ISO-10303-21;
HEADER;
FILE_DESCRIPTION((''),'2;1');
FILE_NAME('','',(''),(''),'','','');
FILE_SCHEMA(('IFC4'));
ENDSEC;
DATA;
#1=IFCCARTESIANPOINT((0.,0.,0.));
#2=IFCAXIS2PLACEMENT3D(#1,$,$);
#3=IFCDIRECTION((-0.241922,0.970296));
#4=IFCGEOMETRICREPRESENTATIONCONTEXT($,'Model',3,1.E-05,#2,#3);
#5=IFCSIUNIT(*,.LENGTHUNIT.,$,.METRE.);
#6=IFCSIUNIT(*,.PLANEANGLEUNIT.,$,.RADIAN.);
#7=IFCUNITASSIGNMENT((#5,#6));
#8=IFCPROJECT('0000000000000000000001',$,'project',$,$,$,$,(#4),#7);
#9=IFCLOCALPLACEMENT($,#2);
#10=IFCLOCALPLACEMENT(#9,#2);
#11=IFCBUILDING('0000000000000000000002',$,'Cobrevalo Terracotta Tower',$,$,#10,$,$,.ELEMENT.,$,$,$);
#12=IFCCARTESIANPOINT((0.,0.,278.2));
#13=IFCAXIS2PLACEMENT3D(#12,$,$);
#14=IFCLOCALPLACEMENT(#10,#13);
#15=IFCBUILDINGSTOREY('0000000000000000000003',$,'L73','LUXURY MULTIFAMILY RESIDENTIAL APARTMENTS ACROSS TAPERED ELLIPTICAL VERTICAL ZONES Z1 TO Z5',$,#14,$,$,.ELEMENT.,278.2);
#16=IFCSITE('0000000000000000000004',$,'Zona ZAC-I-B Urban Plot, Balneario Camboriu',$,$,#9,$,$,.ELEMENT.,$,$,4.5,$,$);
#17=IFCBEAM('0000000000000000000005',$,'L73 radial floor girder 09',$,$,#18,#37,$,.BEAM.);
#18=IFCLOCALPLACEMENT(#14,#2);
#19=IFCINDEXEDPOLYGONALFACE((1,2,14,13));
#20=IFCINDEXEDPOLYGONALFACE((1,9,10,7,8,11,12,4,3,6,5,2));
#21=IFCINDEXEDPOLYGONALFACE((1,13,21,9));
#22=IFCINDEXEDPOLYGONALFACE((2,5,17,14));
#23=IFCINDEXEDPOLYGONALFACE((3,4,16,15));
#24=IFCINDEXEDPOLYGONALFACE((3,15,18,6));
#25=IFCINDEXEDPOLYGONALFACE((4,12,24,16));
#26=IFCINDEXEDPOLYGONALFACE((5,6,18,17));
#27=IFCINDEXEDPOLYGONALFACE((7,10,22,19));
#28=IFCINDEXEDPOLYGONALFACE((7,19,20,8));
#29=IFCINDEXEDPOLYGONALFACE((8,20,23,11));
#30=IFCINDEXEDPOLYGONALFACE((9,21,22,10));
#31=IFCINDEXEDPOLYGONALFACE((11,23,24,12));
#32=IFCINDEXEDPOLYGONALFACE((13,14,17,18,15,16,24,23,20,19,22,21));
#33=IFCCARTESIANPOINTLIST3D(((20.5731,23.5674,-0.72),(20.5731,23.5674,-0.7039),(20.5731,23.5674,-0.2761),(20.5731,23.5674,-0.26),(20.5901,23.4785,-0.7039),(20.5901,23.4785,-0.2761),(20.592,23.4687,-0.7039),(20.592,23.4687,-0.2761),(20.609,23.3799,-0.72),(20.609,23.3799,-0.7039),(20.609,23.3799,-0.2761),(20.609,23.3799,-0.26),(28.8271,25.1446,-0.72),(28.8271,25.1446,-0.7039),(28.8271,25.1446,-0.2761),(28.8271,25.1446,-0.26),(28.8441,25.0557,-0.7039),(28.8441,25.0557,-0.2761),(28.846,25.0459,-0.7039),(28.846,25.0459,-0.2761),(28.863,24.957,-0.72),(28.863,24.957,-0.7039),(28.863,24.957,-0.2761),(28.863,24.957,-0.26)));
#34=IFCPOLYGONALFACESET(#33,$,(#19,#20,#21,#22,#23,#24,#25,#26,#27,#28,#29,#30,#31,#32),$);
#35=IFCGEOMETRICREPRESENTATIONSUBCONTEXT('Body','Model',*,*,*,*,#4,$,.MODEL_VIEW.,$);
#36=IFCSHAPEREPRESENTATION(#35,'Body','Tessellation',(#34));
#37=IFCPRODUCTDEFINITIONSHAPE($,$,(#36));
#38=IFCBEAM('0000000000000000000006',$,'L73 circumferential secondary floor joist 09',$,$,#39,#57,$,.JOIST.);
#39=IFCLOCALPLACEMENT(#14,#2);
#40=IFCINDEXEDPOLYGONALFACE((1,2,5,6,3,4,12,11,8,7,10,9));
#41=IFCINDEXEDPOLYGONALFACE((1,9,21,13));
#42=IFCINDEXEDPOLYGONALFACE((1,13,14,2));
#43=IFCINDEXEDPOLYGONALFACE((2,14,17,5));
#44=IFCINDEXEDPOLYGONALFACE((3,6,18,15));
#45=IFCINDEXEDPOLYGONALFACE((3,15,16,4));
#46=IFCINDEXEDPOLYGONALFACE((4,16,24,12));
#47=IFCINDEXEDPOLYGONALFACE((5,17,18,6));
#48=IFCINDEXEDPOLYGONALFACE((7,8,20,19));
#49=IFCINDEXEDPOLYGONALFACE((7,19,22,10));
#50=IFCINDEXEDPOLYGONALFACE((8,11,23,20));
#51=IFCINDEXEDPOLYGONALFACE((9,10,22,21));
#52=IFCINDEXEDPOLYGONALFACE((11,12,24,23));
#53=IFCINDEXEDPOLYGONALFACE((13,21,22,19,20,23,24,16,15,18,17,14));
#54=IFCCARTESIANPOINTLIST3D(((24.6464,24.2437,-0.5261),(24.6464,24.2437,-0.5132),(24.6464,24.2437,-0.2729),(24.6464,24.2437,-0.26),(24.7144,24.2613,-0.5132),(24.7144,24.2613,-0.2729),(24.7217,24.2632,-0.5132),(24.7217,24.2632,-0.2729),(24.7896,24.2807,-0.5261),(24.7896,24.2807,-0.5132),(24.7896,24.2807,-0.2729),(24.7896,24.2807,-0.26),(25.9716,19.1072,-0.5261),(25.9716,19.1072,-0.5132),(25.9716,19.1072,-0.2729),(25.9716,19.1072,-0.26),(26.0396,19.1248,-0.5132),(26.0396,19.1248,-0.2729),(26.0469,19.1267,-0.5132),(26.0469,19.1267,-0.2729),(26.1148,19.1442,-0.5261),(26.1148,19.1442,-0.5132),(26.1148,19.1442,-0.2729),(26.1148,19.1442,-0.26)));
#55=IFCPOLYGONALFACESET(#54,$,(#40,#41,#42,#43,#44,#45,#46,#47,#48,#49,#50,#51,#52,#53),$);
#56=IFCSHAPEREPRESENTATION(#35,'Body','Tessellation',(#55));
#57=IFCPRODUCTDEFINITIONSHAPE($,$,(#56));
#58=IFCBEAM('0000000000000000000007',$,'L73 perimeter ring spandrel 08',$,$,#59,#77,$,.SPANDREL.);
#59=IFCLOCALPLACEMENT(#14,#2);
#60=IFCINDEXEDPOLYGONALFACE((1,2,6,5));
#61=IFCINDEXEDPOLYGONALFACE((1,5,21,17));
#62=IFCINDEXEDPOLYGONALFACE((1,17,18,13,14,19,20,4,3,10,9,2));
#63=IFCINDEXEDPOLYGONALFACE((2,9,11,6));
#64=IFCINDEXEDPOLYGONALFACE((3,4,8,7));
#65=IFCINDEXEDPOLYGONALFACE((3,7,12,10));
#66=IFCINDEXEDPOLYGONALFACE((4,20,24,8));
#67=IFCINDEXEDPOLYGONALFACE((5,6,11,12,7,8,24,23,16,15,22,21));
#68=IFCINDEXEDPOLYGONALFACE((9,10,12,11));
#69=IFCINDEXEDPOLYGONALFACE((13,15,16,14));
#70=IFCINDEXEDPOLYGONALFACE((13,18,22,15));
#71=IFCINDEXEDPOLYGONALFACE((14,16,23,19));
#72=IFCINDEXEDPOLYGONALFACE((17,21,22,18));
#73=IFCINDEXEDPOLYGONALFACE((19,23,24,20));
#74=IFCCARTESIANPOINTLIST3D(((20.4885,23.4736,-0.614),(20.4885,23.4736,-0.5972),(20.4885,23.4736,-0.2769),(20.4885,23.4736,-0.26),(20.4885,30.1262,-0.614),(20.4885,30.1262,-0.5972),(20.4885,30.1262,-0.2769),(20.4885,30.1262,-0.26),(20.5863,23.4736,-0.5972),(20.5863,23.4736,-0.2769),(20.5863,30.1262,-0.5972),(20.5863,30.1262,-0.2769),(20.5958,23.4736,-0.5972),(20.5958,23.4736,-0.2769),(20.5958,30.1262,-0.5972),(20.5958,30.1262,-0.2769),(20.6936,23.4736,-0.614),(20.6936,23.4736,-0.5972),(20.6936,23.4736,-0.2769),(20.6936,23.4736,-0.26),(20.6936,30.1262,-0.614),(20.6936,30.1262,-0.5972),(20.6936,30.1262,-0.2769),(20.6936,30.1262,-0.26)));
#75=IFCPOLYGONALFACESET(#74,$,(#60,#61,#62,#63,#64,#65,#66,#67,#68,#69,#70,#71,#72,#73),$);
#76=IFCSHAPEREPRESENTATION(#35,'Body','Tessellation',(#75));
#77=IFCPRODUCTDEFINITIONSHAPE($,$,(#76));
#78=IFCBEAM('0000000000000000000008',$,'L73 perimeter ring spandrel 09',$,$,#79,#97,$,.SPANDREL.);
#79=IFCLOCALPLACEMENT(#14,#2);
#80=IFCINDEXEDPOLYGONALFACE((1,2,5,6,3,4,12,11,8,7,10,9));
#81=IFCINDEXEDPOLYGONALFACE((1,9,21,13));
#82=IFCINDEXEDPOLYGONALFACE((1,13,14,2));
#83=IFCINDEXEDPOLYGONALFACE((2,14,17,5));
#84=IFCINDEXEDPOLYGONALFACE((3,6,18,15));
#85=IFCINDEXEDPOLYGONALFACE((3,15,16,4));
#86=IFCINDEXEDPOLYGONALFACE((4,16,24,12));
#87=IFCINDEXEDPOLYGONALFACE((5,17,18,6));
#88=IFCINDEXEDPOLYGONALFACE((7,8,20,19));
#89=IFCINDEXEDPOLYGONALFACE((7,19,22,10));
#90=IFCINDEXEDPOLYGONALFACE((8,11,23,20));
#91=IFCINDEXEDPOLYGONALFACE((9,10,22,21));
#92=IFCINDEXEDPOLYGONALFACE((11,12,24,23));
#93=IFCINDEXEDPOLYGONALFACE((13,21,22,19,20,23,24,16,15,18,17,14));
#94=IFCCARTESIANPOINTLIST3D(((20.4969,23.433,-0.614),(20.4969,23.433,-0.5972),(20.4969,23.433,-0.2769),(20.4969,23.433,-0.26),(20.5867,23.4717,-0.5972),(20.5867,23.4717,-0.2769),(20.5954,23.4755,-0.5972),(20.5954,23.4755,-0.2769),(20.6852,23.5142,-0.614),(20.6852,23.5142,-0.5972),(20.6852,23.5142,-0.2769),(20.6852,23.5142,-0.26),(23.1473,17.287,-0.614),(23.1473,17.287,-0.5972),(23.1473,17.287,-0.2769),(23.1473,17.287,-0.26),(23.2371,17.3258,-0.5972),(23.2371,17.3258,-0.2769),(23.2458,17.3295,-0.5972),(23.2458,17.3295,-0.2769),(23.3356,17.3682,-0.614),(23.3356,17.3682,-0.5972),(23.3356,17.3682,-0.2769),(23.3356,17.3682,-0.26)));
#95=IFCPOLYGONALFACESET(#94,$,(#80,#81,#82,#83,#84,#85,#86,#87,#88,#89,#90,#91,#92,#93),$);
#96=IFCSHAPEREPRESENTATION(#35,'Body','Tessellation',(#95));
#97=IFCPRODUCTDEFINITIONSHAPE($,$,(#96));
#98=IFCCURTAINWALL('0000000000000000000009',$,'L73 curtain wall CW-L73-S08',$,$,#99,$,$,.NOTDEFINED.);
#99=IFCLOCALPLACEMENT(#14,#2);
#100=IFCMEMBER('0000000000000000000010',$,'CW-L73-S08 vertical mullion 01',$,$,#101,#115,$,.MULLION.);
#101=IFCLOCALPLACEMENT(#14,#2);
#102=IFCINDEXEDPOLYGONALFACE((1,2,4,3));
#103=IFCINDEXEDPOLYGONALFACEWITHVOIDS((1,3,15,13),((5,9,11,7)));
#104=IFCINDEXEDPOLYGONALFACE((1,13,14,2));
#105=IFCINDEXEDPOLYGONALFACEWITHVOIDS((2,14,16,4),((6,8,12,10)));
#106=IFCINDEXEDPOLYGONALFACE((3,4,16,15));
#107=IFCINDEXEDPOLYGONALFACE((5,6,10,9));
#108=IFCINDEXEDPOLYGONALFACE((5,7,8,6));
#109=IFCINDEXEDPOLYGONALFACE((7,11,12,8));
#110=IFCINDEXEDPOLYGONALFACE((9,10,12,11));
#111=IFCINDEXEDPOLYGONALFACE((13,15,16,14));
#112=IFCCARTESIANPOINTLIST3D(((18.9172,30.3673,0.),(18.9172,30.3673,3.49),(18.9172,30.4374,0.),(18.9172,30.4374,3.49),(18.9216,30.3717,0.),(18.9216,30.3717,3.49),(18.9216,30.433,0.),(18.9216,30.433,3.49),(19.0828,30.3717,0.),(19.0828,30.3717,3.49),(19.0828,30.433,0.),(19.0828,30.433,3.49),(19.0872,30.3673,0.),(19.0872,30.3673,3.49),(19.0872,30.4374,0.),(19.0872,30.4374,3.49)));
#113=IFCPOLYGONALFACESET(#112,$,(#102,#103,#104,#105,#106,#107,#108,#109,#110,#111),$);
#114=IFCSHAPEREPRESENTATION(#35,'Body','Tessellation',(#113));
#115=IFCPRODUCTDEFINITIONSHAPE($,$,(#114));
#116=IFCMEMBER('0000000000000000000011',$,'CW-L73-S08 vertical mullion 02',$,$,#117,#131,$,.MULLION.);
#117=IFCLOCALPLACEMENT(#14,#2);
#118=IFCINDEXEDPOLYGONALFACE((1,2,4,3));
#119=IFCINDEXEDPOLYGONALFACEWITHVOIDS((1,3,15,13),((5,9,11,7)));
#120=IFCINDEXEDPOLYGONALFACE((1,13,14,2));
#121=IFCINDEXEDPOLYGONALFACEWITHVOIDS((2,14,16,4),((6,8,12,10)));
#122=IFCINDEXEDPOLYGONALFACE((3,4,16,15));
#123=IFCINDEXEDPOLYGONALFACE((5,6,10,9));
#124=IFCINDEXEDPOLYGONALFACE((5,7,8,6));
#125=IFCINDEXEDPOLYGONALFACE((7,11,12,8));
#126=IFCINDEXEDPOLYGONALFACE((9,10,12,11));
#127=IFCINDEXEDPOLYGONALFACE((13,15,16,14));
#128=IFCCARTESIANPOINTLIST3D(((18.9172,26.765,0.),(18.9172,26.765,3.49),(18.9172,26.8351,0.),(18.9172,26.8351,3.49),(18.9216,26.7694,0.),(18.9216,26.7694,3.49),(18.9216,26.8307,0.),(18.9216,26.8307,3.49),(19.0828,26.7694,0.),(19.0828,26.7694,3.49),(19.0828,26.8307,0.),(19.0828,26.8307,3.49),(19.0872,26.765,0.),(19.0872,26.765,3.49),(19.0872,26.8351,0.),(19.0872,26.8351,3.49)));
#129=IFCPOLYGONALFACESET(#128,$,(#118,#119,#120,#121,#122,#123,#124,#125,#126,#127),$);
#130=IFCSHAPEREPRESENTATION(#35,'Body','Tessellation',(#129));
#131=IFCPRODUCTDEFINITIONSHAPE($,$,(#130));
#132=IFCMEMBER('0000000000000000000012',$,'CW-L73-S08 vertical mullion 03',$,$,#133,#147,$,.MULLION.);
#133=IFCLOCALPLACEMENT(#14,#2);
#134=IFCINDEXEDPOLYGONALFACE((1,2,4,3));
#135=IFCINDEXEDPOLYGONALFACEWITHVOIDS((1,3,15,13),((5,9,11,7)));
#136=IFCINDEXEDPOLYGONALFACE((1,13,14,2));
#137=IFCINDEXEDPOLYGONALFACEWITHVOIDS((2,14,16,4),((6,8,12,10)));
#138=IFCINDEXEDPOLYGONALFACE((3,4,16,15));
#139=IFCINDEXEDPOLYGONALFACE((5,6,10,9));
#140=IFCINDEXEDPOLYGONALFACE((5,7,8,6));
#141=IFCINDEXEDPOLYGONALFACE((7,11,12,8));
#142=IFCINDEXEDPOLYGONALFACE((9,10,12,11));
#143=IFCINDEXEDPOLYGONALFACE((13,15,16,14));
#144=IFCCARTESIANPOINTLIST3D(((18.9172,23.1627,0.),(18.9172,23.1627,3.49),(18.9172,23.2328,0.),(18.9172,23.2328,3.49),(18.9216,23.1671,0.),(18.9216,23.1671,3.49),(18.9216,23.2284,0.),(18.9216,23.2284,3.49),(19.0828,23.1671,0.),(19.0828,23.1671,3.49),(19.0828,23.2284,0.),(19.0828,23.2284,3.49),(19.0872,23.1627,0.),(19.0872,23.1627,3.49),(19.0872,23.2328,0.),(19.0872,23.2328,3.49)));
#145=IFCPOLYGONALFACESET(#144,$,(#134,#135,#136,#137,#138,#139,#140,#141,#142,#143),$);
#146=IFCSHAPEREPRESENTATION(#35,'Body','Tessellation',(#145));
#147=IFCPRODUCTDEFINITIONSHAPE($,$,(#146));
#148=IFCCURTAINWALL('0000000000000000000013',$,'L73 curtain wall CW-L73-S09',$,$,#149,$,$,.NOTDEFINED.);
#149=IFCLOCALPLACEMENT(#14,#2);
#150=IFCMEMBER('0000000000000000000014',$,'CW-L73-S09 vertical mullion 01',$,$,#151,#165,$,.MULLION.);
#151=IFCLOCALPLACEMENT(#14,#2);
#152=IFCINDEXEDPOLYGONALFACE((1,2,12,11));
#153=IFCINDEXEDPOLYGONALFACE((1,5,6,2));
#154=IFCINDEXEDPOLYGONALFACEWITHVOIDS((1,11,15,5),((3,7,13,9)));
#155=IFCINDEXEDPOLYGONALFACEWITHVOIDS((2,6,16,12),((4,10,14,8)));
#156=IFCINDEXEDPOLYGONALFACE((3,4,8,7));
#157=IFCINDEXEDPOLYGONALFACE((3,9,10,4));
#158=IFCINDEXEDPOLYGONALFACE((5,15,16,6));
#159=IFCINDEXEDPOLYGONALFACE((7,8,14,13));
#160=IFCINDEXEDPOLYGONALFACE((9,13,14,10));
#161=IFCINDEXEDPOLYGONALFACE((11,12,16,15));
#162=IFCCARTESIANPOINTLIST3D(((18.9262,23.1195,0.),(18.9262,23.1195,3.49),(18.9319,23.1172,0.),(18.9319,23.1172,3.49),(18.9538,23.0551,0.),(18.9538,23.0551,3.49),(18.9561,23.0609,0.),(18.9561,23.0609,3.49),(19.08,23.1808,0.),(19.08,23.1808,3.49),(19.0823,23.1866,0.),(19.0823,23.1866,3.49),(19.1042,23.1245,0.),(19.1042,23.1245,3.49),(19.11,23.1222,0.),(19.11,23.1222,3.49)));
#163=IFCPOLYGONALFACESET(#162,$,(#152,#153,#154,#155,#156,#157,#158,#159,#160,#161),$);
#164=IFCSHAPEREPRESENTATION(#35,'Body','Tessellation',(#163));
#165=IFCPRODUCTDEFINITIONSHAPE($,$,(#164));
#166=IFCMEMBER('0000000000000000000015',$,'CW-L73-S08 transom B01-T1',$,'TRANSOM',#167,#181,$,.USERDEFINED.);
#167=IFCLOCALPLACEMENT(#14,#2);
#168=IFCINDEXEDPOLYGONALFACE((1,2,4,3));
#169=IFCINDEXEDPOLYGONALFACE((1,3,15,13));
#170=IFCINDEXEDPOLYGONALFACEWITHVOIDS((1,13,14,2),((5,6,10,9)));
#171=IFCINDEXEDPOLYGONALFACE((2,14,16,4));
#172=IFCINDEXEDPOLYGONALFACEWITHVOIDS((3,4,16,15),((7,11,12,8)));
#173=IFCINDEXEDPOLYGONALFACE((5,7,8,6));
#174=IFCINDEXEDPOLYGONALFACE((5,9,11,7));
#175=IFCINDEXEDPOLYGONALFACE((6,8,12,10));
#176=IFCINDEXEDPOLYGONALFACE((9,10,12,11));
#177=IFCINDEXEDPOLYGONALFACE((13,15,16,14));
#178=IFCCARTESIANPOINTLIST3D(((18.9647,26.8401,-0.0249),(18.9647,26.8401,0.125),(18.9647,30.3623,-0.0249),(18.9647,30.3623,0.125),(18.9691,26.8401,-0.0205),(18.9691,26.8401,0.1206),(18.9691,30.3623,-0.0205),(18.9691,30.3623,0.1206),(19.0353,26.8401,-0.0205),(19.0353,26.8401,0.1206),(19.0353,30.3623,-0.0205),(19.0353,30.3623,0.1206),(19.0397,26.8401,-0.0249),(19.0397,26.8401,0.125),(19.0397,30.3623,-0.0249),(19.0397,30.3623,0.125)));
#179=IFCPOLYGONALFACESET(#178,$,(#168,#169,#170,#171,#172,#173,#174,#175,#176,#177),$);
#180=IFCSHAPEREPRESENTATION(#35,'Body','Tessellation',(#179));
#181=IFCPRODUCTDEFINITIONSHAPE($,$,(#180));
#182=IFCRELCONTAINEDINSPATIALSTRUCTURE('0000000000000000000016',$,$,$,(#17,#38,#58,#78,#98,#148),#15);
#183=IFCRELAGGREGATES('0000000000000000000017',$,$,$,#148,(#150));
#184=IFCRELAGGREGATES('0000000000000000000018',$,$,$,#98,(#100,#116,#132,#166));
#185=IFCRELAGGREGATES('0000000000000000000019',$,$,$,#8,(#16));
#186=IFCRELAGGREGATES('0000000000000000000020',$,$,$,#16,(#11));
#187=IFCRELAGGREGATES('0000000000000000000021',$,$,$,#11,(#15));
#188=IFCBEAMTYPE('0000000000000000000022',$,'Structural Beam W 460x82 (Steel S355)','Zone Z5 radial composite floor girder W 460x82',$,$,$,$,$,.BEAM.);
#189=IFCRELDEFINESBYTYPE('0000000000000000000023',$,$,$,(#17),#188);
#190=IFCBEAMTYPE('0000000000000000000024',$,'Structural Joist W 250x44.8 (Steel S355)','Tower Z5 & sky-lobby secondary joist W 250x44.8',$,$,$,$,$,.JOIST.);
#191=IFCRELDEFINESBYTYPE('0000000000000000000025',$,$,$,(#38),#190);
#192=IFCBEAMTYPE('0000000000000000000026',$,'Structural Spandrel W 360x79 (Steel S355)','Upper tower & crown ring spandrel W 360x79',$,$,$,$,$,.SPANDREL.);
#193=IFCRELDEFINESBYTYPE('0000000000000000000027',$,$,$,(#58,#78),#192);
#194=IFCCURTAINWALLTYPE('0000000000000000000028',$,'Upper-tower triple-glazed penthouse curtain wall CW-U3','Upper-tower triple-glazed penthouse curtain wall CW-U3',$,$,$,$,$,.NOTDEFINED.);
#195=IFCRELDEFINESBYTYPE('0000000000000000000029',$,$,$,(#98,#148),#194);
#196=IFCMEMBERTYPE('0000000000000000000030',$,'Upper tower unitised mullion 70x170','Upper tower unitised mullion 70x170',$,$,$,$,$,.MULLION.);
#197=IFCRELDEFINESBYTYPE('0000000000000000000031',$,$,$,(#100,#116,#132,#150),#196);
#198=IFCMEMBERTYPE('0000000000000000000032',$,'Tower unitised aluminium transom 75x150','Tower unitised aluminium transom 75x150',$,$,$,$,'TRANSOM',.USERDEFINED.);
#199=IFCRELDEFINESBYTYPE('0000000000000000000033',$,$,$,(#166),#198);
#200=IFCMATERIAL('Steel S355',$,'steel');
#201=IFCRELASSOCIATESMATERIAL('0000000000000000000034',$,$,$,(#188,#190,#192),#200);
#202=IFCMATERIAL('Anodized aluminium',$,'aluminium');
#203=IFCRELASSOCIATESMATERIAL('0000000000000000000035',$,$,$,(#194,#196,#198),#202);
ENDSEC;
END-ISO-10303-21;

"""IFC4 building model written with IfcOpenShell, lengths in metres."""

from ifc_helpers import new_model, si_unit, direction, frame, origin, origin_2d, place, context, subcontext, project, spatial, hollow_rectangle, i_section, extrude, source, transform, mapped, material, material_profile, profile_set, type_object, element, aggregate, save


model = new_model("IFC4")

# Units and contexts
model_context = context("Model", 3, precision=1e-05, world=origin(), true_north=direction((-0.241922, 0.970296)))
body_context = subcontext(model_context, "Body", "Model", "MODEL_VIEW")
ifc_project = project(units=[si_unit("LENGTHUNIT", "METRE"), si_unit("PLANEANGLEUNIT", "RADIAN")], contexts=[model_context])

# Site, building, storey
site_placement = place(None, origin())
site = spatial("IfcSite", under=ifc_project, at=site_placement, Name="Zona ZAC-I-B Urban Plot, Balneario Camboriu", CompositionType="ELEMENT", RefElevation=4.5)
building_placement = place(site_placement, origin())
building = spatial("IfcBuilding", under=site, at=building_placement, Name="Cobrevalo Terracotta Tower", CompositionType="ELEMENT")
storey_placement = place(building_placement, frame((0.0, 0.0, 278.2)))
storey = spatial("IfcBuildingStorey", under=building, at=storey_placement, Name="L73", Description="LUXURY MULTIFAMILY RESIDENTIAL APARTMENTS ACROSS TAPERED ELLIPTICAL VERTICAL ZONES Z1 TO Z5", CompositionType="ELEMENT", Elevation=278.2)

# Shared definitions
ifc_material_1 = material(Name="Steel S355", Category="steel")

# Beams
ifc_material_profile_1 = material_profile(ifc_material_1, i_section(OverallWidth=0.1909, OverallDepth=0.46, WebThickness=0.01, FlangeThickness=0.0161, at=origin_2d()), Name="W 460x82")
ifc_profile_set_1 = profile_set([ifc_material_profile_1], Name="Steel S355")
beam_type_1 = type_object("IfcBeamType", Name="Structural Beam W 460x82 (Steel S355)", Description="Zone Z5 radial composite floor girder W 460x82", PredefinedType="BEAM", material=ifc_profile_set_1)
beam_1_placement = place(storey_placement, frame((20.5911, 23.4736, -0.49), z_axis=(0.98223, 0.187683, 0.0), x_axis=(-0.187683, 0.98223, 0.0)))
element("IfcBeam", 1, at=beam_1_placement, inside=storey, type_object=beam_type_1, Name="L73 radial floor girder 09", PredefinedType="BEAM", context=body_context, shape_type="SweptSolid", body=[
    extrude(i_section(OverallWidth=0.1909, OverallDepth=0.46, WebThickness=0.01, FlangeThickness=0.0161, at=origin_2d()), origin(), (0.0, 0.0, 1.0), 8.4033),
])
ifc_material_profile_2 = material_profile(ifc_material_1, i_section(OverallWidth=0.1479, OverallDepth=0.2661, WebThickness=0.0076, FlangeThickness=0.0129, at=origin_2d()), Name="W 250x44.8")
ifc_profile_set_2 = profile_set([ifc_material_profile_2], Name="Steel S355")
beam_type_2 = type_object("IfcBeamType", Name="Structural Joist W 250x44.8 (Steel S355)", Description="Tower Z5 & sky-lobby secondary joist W 250x44.8", PredefinedType="JOIST", material=ifc_profile_set_2)
beam_2_placement = place(storey_placement, frame((24.718, 24.2622, -0.3931), z_axis=(0.249817, -0.968293, 0.0), x_axis=(0.968293, 0.249817, 0.0)))
element("IfcBeam", 2, at=beam_2_placement, inside=storey, type_object=beam_type_2, Name="L73 circumferential secondary floor joist 09", PredefinedType="JOIST", context=body_context, shape_type="SweptSolid", body=[
    extrude(i_section(OverallWidth=0.1479, OverallDepth=0.2661, WebThickness=0.0076, FlangeThickness=0.0129, at=origin_2d()), origin(), (0.0, 0.0, 1.0), 5.3047),
])
ifc_material_profile_3 = material_profile(ifc_material_1, i_section(OverallWidth=0.2051, OverallDepth=0.354, WebThickness=0.0095, FlangeThickness=0.0168, at=origin_2d()), Name="W 360x79")
ifc_profile_set_3 = profile_set([ifc_material_profile_3], Name="Steel S355")
beam_type_3 = type_object("IfcBeamType", Name="Structural Spandrel W 360x79 (Steel S355)", Description="Upper tower & crown ring spandrel W 360x79", PredefinedType="SPANDREL", material=ifc_profile_set_3)
beam_3_placement = place(storey_placement, frame((20.5911, 30.1262, -0.437), z_axis=(0.0, -1.0, 0.0), x_axis=(1.0, 0.0, 0.0)))
element("IfcBeam", 3, at=beam_3_placement, inside=storey, type_object=beam_type_3, Name="L73 perimeter ring spandrel 08", PredefinedType="SPANDREL", context=body_context, shape_type="SweptSolid", body=[
    extrude(i_section(OverallWidth=0.2051, OverallDepth=0.354, WebThickness=0.0095, FlangeThickness=0.0168, at=origin_2d()), origin(), (0.0, 0.0, 1.0), 6.6526),
])
beam_4_placement = place(storey_placement, frame((20.5911, 23.4736, -0.437), z_axis=(0.395987, -0.918256, 0.0), x_axis=(0.918256, 0.395987, 0.0)))
element("IfcBeam", 4, at=beam_4_placement, inside=storey, type_object=beam_type_3, Name="L73 perimeter ring spandrel 09", PredefinedType="SPANDREL", context=body_context, shape_type="SweptSolid", body=[
    extrude(i_section(OverallWidth=0.2051, OverallDepth=0.354, WebThickness=0.0095, FlangeThickness=0.0168, at=origin_2d()), origin(), (0.0, 0.0, 1.0), 6.6931),
])

# Curtain wall, members
ifc_material_2 = material(Name="Anodized aluminium", Category="aluminium")
curtain_wall_type = type_object("IfcCurtainWallType", Name="Upper-tower triple-glazed penthouse curtain wall CW-U3", Description="Upper-tower triple-glazed penthouse curtain wall CW-U3", PredefinedType="NOTDEFINED", material=ifc_material_2)
curtain_wall_1_placement = place(storey_placement, origin())
curtain_wall_1 = element("IfcCurtainWall", 5, at=curtain_wall_1_placement, inside=storey, type_object=curtain_wall_type, Name="L73 curtain wall CW-L73-S08", PredefinedType="NOTDEFINED")
ifc_material_profile_4 = material_profile(ifc_material_2, hollow_rectangle(XDim=0.0701, YDim=0.1699, WallThickness=0.0044, at=origin_2d()), Name="CWM 70x170")
ifc_profile_set_4 = profile_set([ifc_material_profile_4], Name="Anodized aluminium")
member_type_1 = type_object("IfcMemberType", Name="Upper tower unitised mullion 70x170", Description="Upper tower unitised mullion 70x170", PredefinedType="MULLION", material=ifc_profile_set_4)
shared_shape_1 = source(origin(), body_context, "Body", "SweptSolid", [
    extrude(hollow_rectangle(XDim=0.0701, YDim=0.1699, WallThickness=0.0044, at=origin_2d()), origin(), (0.0, 0.0, 1.0), 3.49),
])
member_1_placement = place(storey_placement, frame((19.0022, 30.4023, 0.0), z_axis=(0.0, 0.0, 1.0), x_axis=(0.0, -1.0, 0.0)))
member_1 = element("IfcMember", 6, at=member_1_placement, type_object=member_type_1, Name="CW-L73-S08 vertical mullion 01", PredefinedType="MULLION", context=body_context, shape_type="MappedRepresentation", body=[
    mapped(shared_shape_1, transform((0.0, 0.0, 0.0), scale=1.0)),
])
member_2_placement = place(storey_placement, frame((19.0022, 26.8, 0.0), z_axis=(0.0, 0.0, 1.0), x_axis=(0.0, -1.0, 0.0)))
member_2 = element("IfcMember", 7, at=member_2_placement, type_object=member_type_1, Name="CW-L73-S08 vertical mullion 02", PredefinedType="MULLION", context=body_context, shape_type="MappedRepresentation", body=[
    mapped(shared_shape_1, transform((0.0, 0.0, 0.0), scale=1.0)),
])
member_3_placement = place(storey_placement, frame((19.0022, 23.1978, 0.0), z_axis=(0.0, 0.0, 1.0), x_axis=(0.0, -1.0, 0.0)))
member_3 = element("IfcMember", 8, at=member_3_placement, type_object=member_type_1, Name="CW-L73-S08 vertical mullion 03", PredefinedType="MULLION", context=body_context, shape_type="MappedRepresentation", body=[
    mapped(shared_shape_1, transform((0.0, 0.0, 0.0), scale=1.0)),
])

# Curtain wall, member
curtain_wall_2_placement = place(storey_placement, origin())
curtain_wall_2 = element("IfcCurtainWall", 9, at=curtain_wall_2_placement, inside=storey, type_object=curtain_wall_type, Name="L73 curtain wall CW-L73-S09", PredefinedType="NOTDEFINED")
member_4_placement = place(storey_placement, frame((19.0181, 23.1208, 0.0), z_axis=(0.0, 0.0, 1.0), x_axis=(0.394824, -0.918757, 0.0)))
member_4 = element("IfcMember", 10, at=member_4_placement, type_object=member_type_1, Name="CW-L73-S09 vertical mullion 01", PredefinedType="MULLION", context=body_context, shape_type="MappedRepresentation", body=[
    mapped(shared_shape_1, transform((0.0, 0.0, 0.0), scale=1.0)),
])
aggregate(curtain_wall_2, [member_4])

# Member
ifc_material_profile_5 = material_profile(ifc_material_2, hollow_rectangle(XDim=0.075, YDim=0.1499, WallThickness=0.0044, at=origin_2d()), Name="CWT 75x150")
ifc_profile_set_5 = profile_set([ifc_material_profile_5], Name="Anodized aluminium")
member_type_2 = type_object("IfcMemberType", Name="Tower unitised aluminium transom 75x150", Description="Tower unitised aluminium transom 75x150", ElementType="TRANSOM", PredefinedType="USERDEFINED", material=ifc_profile_set_5)
shared_shape_2 = source(origin(), body_context, "Body", "SweptSolid", [
    extrude(hollow_rectangle(XDim=0.075, YDim=0.1499, WallThickness=0.0044, at=origin_2d()), origin(), (0.0, 0.0, 1.0), 3.5222),
])
member_5_placement = place(storey_placement, frame((19.0022, 30.3623, 0.05), z_axis=(0.0, -1.0, 0.0), x_axis=(1.0, 0.0, 0.0)))
member_5 = element("IfcMember", 11, at=member_5_placement, type_object=member_type_2, Name="CW-L73-S08 transom B01-T1", ObjectType="TRANSOM", PredefinedType="USERDEFINED", context=body_context, shape_type="MappedRepresentation", body=[
    mapped(shared_shape_2, transform((0.0, 0.0, 0.0), scale=1.0)),
])

aggregate(curtain_wall_1, [member_1, member_2, member_3, member_5])

save(model, "model.ifc")
